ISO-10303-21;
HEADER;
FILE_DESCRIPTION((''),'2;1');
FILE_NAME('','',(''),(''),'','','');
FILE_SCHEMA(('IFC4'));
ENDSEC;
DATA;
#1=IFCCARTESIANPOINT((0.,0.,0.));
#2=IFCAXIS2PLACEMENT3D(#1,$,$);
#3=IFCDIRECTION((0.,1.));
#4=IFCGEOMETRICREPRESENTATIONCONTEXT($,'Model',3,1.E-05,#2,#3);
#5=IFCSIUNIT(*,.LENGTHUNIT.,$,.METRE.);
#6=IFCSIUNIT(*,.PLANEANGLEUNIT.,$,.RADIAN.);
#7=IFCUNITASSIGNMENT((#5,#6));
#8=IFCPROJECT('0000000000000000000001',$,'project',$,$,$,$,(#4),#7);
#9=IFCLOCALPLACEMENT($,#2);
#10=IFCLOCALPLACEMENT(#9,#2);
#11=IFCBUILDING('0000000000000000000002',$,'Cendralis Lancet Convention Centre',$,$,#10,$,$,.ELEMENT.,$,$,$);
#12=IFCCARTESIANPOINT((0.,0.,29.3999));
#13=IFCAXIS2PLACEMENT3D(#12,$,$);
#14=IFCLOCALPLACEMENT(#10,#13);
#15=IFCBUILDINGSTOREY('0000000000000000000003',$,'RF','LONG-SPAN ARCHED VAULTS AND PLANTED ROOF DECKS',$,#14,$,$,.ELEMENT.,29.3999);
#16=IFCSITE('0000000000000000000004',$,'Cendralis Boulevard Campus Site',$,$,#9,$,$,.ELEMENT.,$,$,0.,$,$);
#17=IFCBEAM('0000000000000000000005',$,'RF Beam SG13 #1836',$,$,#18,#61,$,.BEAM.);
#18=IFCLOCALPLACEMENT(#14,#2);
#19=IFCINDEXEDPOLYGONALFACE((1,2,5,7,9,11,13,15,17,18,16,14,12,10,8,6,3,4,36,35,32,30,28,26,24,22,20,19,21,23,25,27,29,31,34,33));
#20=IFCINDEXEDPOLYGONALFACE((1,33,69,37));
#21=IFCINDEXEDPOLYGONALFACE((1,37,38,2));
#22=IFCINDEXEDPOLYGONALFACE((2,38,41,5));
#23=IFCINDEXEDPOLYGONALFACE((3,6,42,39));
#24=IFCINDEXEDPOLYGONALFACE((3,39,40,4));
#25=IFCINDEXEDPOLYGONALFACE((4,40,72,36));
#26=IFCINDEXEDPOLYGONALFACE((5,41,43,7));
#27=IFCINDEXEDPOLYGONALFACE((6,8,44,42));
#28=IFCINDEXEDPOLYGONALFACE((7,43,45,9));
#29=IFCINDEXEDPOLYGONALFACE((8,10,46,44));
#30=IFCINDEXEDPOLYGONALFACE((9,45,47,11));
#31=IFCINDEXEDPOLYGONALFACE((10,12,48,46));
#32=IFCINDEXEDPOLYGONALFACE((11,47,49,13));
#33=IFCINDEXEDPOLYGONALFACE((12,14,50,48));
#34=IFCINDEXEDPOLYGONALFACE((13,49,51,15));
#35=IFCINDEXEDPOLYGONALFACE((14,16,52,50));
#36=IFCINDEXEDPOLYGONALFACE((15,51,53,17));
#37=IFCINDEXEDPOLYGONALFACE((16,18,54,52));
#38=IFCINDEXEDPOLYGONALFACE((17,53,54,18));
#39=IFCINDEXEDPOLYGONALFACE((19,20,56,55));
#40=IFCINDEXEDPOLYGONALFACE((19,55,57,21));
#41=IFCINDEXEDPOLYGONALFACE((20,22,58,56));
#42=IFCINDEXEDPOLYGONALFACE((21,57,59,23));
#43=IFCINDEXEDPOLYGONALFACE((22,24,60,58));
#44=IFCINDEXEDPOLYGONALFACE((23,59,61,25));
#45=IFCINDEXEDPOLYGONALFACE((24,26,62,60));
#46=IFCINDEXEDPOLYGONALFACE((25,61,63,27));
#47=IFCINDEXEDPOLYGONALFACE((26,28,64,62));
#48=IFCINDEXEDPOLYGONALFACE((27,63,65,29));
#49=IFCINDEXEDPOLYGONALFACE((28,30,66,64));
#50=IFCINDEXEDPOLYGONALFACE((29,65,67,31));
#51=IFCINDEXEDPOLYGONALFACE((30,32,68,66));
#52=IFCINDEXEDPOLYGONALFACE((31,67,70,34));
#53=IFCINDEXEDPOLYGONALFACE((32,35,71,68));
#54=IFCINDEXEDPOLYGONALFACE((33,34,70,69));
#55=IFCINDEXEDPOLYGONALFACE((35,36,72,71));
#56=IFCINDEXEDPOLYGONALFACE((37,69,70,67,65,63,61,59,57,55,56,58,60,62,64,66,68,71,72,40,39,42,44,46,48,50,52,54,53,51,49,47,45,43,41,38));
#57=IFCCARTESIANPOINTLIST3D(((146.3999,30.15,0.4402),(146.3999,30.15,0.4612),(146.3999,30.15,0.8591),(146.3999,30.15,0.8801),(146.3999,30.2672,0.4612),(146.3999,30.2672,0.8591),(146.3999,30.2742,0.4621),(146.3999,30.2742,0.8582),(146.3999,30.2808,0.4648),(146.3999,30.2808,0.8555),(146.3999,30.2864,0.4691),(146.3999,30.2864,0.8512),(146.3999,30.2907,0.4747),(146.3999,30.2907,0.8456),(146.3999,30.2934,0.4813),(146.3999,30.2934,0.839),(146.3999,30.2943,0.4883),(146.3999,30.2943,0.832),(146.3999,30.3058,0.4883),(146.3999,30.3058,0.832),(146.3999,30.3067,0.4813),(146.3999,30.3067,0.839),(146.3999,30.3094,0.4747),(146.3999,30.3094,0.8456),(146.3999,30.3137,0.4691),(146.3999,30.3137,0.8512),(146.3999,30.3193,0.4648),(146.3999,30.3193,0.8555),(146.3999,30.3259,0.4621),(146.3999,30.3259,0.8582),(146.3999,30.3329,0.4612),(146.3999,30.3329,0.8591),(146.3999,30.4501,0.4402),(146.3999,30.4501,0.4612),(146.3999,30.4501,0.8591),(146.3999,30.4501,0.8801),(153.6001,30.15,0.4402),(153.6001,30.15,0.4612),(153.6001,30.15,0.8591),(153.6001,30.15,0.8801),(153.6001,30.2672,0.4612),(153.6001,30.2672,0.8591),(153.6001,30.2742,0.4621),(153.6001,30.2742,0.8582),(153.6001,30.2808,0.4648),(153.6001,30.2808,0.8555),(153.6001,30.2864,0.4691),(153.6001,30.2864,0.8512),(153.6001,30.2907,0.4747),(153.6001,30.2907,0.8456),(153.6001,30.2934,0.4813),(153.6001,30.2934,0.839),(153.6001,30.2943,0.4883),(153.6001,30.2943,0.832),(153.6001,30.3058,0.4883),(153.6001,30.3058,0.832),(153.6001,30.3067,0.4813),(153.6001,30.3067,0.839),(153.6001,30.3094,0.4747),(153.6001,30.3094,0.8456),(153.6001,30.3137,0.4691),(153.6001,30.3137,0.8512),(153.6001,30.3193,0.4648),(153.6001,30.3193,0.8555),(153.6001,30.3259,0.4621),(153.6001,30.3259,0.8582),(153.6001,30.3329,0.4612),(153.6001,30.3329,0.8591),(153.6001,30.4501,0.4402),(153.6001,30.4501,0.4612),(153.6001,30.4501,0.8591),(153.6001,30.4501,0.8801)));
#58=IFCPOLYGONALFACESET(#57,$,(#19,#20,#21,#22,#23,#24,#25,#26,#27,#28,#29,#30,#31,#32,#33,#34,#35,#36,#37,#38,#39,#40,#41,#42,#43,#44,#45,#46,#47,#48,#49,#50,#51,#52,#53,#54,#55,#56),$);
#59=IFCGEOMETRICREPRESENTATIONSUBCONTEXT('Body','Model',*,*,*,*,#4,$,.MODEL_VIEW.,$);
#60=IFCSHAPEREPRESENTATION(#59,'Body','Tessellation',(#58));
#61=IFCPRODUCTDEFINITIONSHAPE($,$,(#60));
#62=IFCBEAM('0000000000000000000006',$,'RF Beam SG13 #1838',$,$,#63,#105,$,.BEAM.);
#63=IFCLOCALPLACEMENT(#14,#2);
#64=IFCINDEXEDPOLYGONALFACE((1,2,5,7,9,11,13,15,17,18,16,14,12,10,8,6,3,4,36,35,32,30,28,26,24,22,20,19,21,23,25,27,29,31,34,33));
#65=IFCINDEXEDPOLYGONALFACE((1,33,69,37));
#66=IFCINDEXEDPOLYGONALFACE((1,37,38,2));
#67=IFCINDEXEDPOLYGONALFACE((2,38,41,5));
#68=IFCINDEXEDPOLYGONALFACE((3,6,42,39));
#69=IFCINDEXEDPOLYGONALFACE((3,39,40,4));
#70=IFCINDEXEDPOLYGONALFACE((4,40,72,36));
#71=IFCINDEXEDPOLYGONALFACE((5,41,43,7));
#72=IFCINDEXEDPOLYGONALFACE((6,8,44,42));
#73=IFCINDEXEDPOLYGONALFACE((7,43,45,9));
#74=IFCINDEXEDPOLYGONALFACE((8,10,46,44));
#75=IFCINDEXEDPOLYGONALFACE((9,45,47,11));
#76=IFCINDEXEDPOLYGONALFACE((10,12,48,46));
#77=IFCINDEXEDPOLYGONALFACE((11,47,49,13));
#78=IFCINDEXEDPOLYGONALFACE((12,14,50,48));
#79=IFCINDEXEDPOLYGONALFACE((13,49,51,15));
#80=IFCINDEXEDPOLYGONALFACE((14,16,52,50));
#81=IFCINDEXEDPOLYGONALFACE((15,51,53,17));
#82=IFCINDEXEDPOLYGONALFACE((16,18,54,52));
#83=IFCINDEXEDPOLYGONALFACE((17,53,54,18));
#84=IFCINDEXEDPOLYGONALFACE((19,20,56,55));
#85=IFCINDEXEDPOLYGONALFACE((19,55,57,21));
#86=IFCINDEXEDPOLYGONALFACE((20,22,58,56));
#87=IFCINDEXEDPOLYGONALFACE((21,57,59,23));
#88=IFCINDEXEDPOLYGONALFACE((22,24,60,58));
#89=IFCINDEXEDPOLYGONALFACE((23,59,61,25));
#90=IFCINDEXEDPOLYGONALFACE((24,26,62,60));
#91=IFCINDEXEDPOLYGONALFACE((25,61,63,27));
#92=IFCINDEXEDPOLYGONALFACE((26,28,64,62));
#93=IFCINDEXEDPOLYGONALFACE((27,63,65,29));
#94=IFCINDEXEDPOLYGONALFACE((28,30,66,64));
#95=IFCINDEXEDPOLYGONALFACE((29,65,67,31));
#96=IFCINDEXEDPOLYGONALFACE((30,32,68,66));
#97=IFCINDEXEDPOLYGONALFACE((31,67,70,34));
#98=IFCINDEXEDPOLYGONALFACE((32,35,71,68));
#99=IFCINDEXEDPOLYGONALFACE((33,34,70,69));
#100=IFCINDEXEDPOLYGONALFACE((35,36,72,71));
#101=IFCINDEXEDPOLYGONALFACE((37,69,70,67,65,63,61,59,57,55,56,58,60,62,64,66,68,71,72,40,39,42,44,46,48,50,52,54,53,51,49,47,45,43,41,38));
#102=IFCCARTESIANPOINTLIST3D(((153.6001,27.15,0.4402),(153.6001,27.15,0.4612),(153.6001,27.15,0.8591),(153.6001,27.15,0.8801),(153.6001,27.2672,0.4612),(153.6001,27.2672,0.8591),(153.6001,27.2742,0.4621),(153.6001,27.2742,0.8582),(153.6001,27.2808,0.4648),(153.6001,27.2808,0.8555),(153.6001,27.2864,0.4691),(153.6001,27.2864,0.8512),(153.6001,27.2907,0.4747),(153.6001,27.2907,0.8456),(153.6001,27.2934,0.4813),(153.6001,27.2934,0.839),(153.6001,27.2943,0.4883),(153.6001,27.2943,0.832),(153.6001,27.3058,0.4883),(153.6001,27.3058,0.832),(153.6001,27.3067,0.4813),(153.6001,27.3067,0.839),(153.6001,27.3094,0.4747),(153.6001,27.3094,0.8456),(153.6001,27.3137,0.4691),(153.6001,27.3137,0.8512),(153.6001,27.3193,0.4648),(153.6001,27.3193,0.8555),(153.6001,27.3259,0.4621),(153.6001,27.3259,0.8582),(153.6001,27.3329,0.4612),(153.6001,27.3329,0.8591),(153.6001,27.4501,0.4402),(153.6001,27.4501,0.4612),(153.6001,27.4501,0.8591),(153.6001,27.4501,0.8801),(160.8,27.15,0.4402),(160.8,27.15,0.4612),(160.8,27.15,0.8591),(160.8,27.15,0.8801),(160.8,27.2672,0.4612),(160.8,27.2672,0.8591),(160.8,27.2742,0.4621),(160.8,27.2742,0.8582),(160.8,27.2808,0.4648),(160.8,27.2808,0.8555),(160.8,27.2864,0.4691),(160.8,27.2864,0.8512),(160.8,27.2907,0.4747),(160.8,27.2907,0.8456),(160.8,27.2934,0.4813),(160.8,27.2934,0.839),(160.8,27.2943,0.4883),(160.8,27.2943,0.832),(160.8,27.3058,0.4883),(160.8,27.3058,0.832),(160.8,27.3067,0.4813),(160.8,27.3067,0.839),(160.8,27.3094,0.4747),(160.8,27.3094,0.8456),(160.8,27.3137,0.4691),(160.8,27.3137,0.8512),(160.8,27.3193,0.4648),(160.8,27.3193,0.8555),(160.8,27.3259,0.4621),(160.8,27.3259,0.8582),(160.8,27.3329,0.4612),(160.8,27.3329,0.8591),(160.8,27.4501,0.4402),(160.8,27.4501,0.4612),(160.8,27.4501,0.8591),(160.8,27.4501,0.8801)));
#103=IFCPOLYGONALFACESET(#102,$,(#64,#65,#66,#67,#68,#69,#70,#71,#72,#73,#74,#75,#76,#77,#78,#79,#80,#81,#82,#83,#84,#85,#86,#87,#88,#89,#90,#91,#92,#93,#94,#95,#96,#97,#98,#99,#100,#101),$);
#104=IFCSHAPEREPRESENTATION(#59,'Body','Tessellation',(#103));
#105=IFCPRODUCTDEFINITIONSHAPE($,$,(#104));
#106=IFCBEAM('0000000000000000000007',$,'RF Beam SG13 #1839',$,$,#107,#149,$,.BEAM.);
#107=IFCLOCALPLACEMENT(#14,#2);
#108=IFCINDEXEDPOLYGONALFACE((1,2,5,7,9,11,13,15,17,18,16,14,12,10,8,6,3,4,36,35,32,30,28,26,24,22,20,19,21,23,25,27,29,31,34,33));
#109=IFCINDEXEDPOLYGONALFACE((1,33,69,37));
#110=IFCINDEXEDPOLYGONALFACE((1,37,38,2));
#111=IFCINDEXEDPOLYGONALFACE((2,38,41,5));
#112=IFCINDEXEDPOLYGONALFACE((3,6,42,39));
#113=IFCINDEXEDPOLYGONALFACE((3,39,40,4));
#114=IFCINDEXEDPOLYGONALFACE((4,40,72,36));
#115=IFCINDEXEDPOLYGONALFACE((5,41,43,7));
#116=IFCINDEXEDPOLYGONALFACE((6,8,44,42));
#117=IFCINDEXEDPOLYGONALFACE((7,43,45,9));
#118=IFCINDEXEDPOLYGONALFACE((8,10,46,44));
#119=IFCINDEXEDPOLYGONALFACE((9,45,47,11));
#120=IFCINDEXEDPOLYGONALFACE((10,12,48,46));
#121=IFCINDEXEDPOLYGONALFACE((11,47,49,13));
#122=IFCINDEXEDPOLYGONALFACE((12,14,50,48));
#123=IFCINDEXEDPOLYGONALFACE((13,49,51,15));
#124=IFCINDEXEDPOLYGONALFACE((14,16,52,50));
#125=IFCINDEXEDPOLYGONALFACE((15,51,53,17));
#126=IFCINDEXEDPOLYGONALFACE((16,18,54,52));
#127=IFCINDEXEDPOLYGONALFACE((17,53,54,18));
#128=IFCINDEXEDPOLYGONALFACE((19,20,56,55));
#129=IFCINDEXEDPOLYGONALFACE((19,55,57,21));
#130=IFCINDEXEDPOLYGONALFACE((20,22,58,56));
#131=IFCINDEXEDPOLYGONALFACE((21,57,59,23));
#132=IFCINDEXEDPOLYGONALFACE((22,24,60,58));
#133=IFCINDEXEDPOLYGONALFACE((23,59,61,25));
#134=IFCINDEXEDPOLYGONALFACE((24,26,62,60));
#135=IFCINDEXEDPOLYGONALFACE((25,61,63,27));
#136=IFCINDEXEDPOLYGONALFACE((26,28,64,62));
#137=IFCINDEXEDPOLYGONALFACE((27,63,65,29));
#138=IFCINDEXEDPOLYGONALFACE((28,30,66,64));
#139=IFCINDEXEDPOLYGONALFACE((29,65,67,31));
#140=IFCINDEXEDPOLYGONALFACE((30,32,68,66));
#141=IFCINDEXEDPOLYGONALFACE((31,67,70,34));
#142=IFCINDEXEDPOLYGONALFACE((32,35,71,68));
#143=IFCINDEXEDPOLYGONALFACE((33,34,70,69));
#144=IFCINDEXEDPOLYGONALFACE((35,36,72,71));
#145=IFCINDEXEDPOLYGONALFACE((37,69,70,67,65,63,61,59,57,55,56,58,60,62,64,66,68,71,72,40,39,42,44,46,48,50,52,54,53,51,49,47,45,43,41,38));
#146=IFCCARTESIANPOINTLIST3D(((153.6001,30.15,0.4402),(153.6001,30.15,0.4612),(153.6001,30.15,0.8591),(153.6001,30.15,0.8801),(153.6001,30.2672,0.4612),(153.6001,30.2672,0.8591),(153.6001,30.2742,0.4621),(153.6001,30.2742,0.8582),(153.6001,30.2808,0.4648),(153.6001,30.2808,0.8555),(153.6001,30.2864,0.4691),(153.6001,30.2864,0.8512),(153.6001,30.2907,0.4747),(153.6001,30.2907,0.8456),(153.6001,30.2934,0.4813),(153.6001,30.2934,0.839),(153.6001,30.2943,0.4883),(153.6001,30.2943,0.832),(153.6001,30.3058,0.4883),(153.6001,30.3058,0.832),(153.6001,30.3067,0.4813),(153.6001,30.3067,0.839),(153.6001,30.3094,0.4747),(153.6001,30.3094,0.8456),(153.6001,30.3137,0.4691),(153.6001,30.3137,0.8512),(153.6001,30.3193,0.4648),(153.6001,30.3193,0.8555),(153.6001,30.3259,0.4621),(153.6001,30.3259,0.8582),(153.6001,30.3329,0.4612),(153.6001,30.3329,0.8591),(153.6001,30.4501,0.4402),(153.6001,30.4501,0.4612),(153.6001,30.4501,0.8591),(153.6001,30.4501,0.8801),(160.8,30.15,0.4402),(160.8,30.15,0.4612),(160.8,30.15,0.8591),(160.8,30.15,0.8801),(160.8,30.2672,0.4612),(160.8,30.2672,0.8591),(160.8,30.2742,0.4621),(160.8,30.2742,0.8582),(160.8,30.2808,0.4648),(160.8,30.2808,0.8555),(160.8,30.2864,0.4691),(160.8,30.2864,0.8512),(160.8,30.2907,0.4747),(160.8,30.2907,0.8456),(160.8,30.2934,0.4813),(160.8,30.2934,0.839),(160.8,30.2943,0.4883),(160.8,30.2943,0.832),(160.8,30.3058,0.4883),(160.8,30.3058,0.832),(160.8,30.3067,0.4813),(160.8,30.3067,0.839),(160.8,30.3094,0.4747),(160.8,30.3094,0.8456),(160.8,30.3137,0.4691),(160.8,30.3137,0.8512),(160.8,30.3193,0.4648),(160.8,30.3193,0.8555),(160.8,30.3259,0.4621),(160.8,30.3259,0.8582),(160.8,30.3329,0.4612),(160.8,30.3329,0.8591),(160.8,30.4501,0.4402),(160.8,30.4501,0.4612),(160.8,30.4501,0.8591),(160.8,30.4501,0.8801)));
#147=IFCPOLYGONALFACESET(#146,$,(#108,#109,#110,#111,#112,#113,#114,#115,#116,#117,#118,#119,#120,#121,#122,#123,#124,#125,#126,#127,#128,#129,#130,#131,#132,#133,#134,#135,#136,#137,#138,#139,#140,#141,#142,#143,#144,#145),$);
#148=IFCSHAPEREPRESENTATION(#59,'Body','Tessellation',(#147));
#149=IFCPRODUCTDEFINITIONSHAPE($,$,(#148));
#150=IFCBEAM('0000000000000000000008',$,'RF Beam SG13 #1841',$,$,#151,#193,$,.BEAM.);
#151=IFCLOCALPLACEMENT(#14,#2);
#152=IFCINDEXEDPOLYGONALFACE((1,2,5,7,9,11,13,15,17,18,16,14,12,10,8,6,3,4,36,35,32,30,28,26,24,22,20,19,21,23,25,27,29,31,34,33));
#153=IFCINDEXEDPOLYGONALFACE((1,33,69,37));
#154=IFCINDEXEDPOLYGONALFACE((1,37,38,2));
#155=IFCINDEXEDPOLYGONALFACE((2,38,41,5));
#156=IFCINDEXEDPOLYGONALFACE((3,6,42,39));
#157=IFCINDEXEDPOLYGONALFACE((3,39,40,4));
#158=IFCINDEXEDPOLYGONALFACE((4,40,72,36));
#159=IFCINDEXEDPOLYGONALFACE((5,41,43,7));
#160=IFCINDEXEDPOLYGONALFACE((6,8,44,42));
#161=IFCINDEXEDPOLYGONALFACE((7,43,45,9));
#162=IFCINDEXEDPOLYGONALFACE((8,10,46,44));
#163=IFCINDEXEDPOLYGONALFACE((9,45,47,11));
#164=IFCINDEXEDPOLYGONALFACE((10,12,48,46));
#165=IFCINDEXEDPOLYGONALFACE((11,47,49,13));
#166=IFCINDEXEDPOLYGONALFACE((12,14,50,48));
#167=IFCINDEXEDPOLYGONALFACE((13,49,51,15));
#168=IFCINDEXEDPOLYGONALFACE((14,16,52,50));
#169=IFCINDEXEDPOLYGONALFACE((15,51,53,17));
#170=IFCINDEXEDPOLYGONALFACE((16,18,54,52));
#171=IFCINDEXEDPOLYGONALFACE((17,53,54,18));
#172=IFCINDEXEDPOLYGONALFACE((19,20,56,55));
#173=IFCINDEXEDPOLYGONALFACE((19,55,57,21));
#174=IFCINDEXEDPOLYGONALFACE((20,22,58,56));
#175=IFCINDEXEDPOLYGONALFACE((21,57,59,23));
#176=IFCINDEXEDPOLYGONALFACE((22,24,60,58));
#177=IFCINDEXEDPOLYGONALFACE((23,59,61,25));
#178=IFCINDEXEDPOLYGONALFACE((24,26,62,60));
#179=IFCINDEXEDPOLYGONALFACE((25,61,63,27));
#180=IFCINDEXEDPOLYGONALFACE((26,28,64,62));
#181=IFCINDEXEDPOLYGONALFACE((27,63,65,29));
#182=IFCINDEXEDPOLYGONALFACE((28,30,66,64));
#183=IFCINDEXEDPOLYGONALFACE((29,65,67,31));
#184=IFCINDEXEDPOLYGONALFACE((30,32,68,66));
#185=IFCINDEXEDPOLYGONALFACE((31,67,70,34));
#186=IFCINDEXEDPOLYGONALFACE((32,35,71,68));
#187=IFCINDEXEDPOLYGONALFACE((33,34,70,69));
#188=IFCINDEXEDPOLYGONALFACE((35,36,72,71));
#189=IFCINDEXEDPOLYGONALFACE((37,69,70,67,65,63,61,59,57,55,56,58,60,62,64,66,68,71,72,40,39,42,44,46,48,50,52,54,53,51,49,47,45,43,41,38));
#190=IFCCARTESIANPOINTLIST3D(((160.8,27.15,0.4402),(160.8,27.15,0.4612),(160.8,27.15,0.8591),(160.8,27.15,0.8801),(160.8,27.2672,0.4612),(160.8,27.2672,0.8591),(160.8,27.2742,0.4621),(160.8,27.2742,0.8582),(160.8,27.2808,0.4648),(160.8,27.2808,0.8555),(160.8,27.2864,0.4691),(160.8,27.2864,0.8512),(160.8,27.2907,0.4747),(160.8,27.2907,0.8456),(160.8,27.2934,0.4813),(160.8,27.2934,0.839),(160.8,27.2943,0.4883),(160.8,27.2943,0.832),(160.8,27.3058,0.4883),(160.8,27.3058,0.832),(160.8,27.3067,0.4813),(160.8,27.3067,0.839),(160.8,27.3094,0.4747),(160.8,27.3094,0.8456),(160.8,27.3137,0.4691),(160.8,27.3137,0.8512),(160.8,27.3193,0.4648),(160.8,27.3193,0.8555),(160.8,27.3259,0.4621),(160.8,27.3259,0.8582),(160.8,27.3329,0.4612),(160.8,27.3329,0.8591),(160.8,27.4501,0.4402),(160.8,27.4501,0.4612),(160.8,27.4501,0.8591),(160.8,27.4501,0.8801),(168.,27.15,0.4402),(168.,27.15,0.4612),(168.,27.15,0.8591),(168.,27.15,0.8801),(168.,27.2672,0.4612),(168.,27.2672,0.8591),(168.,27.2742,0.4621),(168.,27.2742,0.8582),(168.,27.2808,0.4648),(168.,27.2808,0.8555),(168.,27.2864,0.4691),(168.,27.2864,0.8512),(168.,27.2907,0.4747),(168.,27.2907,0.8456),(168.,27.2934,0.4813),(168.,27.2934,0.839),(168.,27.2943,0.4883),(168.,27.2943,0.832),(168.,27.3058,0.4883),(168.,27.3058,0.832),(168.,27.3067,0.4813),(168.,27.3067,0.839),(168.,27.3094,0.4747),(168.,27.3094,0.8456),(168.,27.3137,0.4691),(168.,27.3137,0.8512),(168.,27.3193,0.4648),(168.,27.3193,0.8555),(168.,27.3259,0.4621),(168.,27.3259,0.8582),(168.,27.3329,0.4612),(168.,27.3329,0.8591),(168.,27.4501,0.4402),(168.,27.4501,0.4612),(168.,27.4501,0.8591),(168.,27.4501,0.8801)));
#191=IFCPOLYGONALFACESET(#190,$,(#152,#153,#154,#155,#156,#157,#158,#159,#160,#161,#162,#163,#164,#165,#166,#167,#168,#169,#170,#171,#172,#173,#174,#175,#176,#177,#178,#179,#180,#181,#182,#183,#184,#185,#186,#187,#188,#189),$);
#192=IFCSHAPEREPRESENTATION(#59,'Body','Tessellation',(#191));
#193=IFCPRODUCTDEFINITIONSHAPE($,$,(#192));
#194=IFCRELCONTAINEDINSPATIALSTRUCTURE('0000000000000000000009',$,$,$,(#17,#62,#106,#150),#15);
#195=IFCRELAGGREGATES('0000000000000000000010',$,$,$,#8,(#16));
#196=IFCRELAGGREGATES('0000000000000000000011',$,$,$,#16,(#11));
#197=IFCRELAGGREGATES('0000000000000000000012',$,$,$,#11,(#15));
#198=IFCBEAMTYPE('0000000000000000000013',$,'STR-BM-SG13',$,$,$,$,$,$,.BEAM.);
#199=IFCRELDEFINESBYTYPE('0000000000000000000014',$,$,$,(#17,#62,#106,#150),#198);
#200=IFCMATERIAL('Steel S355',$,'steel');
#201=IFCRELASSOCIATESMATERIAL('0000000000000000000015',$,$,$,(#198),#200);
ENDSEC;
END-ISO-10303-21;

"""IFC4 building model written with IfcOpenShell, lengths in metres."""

from ifc_helpers import new_model, si_unit, direction, frame, origin, origin_2d, place, context, subcontext, project, spatial, i_section, extrude, material, material_profile, profile_set, type_object, element, save


model = new_model("IFC4")

# Units and contexts
model_context = context("Model", 3, precision=1e-05, world=origin(), true_north=direction((0.0, 1.0)))
body_context = subcontext(model_context, "Body", "Model", "MODEL_VIEW")
ifc_project = project(units=[si_unit("LENGTHUNIT", "METRE"), si_unit("PLANEANGLEUNIT", "RADIAN")], contexts=[model_context])

# Site, building, storey
site_placement = place(None, origin())
site = spatial("IfcSite", under=ifc_project, at=site_placement, Name="Cendralis Boulevard Campus Site", CompositionType="ELEMENT", RefElevation=0.0)
building_placement = place(site_placement, origin())
building = spatial("IfcBuilding", under=site, at=building_placement, Name="Cendralis Lancet Convention Centre", CompositionType="ELEMENT")
storey_placement = place(building_placement, frame((0.0, 0.0, 29.3999)))
storey = spatial("IfcBuildingStorey", under=building, at=storey_placement, Name="RF", Description="LONG-SPAN ARCHED VAULTS AND PLANTED ROOF DECKS", CompositionType="ELEMENT", Elevation=29.3999)

# Beams
ifc_material_1 = material(Name="Steel S355", Category="steel")
ifc_material_profile_1 = material_profile(ifc_material_1, i_section(OverallWidth=0.3, OverallDepth=0.4399, WebThickness=0.0115, FlangeThickness=0.021, FilletRadius=0.0271, at=origin_2d()), Name="HEA 450")
ifc_profile_set_1 = profile_set([ifc_material_profile_1], Name="Steel S355")
beam_type_1 = type_object("IfcBeamType", Name="STR-BM-SG13", PredefinedType="BEAM", material=ifc_profile_set_1)
for number, where, z_axis, x_axis, name in (
    (1, (146.3999, 30.3, 0.6602), (1.0, 0.0, 0.0), (0.0, 1.0, 0.0), "RF Beam SG13 #1836"),
):
    element("IfcBeam", number, at=place(storey_placement, frame(where, z_axis=z_axis, x_axis=x_axis)), inside=storey, type_object=beam_type_1, Name=name, PredefinedType="BEAM", context=body_context, shape_type="SweptSolid", body=[
        extrude(i_section(OverallWidth=0.3, OverallDepth=0.4399, WebThickness=0.0115, FlangeThickness=0.021, FilletRadius=0.0271, at=origin_2d()), origin(), (0.0, 0.0, 1.0), 7.2002),
    ])
for number, where, z_axis, x_axis, name in (
    (2, (153.6001, 27.3, 0.6602), (1.0, 0.0, 0.0), (0.0, 1.0, 0.0), "RF Beam SG13 #1838"),
    (3, (153.6001, 30.3, 0.6602), (1.0, 0.0, 0.0), (0.0, 1.0, 0.0), "RF Beam SG13 #1839"),
    (4, (160.8, 27.3, 0.6602), (1.0, 0.0, 0.0), (0.0, 1.0, 0.0), "RF Beam SG13 #1841"),
):
    element("IfcBeam", number, at=place(storey_placement, frame(where, z_axis=z_axis, x_axis=x_axis)), inside=storey, type_object=beam_type_1, Name=name, PredefinedType="BEAM", context=body_context, shape_type="SweptSolid", body=[
        extrude(i_section(OverallWidth=0.3, OverallDepth=0.4399, WebThickness=0.0115, FlangeThickness=0.021, FilletRadius=0.0271, at=origin_2d()), origin(), (0.0, 0.0, 1.0), 7.2),
    ])

save(model, "model.ifc")
